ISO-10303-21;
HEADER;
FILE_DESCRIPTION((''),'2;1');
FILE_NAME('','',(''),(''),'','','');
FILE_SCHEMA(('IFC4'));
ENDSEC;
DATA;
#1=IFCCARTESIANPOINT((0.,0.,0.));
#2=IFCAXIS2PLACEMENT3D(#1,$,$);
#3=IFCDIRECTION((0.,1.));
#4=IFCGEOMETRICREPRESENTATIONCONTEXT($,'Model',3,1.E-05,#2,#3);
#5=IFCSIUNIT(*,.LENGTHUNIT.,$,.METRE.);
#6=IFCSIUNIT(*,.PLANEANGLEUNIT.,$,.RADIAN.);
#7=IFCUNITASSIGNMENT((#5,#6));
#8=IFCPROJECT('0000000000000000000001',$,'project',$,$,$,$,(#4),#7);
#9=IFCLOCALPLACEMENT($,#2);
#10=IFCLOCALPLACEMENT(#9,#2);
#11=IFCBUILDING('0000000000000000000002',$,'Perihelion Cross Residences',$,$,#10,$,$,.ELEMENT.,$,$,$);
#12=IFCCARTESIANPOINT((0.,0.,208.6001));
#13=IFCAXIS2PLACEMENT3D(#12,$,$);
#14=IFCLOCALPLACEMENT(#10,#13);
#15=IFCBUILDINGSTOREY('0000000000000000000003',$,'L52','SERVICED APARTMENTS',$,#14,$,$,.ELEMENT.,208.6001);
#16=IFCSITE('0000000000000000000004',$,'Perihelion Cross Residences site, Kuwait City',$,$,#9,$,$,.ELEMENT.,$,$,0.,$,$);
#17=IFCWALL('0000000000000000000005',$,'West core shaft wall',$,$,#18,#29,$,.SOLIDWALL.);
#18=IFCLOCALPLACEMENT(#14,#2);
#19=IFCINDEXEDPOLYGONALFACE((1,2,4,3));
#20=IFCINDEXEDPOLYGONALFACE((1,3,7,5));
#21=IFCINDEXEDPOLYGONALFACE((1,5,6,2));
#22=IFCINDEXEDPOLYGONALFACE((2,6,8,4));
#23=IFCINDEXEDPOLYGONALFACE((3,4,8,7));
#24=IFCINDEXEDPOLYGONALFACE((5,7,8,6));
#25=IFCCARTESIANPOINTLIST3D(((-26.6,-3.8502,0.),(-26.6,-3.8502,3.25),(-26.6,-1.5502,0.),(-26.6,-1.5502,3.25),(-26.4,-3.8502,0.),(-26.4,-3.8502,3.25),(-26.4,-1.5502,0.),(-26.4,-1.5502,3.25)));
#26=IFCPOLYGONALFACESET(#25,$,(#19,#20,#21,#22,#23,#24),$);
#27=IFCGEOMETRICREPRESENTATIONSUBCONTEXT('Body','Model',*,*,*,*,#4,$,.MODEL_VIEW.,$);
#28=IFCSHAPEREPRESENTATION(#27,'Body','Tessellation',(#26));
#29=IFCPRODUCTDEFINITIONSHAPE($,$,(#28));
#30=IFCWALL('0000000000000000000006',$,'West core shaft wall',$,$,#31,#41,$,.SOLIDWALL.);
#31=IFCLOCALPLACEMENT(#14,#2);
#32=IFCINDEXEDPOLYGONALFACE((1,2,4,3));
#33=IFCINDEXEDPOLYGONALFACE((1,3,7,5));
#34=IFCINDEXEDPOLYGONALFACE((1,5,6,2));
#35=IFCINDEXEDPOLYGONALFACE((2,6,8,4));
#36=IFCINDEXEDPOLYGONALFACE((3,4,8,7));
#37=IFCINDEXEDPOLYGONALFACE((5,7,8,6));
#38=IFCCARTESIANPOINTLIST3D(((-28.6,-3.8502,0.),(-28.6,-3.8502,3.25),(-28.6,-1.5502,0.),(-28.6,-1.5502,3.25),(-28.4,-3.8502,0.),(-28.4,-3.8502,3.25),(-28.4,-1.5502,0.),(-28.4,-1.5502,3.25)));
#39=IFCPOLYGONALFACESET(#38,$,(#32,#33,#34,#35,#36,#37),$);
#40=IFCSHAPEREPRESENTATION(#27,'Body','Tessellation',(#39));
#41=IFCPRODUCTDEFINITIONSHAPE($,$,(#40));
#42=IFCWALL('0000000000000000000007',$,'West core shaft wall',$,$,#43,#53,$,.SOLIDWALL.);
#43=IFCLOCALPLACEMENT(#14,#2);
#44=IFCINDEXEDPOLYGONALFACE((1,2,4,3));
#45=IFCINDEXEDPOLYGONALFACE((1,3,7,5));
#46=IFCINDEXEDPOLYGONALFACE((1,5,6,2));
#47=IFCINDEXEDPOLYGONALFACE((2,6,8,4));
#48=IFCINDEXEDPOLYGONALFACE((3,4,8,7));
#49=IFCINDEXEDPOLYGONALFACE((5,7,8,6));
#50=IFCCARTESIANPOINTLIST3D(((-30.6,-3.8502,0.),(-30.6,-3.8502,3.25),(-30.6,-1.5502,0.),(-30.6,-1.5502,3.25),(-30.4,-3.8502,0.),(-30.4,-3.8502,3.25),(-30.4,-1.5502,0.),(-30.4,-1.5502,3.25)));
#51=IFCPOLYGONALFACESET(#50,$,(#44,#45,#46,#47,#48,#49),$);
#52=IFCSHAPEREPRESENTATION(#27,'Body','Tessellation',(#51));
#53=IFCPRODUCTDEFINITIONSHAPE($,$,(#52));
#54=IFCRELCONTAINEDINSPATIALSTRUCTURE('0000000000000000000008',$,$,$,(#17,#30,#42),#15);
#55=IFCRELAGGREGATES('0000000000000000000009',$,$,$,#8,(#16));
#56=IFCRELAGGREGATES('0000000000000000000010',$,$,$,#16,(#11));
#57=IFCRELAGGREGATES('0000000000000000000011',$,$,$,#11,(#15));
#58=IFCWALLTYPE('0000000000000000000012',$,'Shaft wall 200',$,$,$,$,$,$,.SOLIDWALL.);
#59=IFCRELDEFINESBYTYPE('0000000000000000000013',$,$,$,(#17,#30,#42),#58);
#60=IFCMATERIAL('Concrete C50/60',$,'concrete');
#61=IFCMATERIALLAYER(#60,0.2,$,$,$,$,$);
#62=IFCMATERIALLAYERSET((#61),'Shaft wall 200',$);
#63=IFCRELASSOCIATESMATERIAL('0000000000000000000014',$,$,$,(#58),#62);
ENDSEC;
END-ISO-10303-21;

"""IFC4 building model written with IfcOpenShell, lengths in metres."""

from ifc_helpers import new_model, si_unit, direction, frame, frame_2d, origin, place, context, subcontext, project, spatial, rectangle, extrude, material, layer, layer_set, type_object, element, save


model = new_model("IFC4")

# Units and contexts
model_context = context("Model", 3, precision=1e-05, world=origin(), true_north=direction((0.0, 1.0)))
body_context = subcontext(model_context, "Body", "Model", "MODEL_VIEW")
ifc_project = project(units=[si_unit("LENGTHUNIT", "METRE"), si_unit("PLANEANGLEUNIT", "RADIAN")], contexts=[model_context])

# Site, building, storey
site_placement = place(None, origin())
site = spatial("IfcSite", under=ifc_project, at=site_placement, Name="Perihelion Cross Residences site, Kuwait City", CompositionType="ELEMENT", RefElevation=0.0)
building_placement = place(site_placement, origin())
building = spatial("IfcBuilding", under=site, at=building_placement, Name="Perihelion Cross Residences", CompositionType="ELEMENT")
storey_placement = place(building_placement, frame((0.0, 0.0, 208.6001)))
storey = spatial("IfcBuildingStorey", under=building, at=storey_placement, Name="L52", Description="SERVICED APARTMENTS", CompositionType="ELEMENT", Elevation=208.6001)

# Shared definitions
ifc_material_1 = material(Name="Concrete C50/60", Category="concrete")
ifc_layer_1 = layer(ifc_material_1, 0.2)
ifc_layer_set_1 = layer_set([ifc_layer_1], Name="Shaft wall 200")
wall_type_1 = type_object("IfcWallType", Name="Shaft wall 200", PredefinedType="SOLIDWALL", material=ifc_layer_set_1)

# Walls
for number, where, z_axis, x_axis, name in (
    (1, (-26.5, -3.8501, 0.0), (0.0, 0.0, 1.0), (0.0, 1.0, 0.0), "West core shaft wall"),
    (2, (-28.5, -3.8501, 0.0), (0.0, 0.0, 1.0), (0.0, 1.0, 0.0), "West core shaft wall"),
    (3, (-30.5, -3.8501, 0.0), (0.0, 0.0, 1.0), (0.0, 1.0, 0.0), "West core shaft wall"),
):
    element("IfcWall", number, at=place(storey_placement, frame(where, z_axis=z_axis, x_axis=x_axis)), inside=storey, type_object=wall_type_1, Name=name, PredefinedType="SOLIDWALL", context=body_context, shape_type="SweptSolid", body=[
        extrude(rectangle(XDim=2.3, YDim=0.2, at=frame_2d((1.1499, 0.0))), origin(), (0.0, 0.0, 1.0), 3.25),
    ])

save(model, "model.ifc")
